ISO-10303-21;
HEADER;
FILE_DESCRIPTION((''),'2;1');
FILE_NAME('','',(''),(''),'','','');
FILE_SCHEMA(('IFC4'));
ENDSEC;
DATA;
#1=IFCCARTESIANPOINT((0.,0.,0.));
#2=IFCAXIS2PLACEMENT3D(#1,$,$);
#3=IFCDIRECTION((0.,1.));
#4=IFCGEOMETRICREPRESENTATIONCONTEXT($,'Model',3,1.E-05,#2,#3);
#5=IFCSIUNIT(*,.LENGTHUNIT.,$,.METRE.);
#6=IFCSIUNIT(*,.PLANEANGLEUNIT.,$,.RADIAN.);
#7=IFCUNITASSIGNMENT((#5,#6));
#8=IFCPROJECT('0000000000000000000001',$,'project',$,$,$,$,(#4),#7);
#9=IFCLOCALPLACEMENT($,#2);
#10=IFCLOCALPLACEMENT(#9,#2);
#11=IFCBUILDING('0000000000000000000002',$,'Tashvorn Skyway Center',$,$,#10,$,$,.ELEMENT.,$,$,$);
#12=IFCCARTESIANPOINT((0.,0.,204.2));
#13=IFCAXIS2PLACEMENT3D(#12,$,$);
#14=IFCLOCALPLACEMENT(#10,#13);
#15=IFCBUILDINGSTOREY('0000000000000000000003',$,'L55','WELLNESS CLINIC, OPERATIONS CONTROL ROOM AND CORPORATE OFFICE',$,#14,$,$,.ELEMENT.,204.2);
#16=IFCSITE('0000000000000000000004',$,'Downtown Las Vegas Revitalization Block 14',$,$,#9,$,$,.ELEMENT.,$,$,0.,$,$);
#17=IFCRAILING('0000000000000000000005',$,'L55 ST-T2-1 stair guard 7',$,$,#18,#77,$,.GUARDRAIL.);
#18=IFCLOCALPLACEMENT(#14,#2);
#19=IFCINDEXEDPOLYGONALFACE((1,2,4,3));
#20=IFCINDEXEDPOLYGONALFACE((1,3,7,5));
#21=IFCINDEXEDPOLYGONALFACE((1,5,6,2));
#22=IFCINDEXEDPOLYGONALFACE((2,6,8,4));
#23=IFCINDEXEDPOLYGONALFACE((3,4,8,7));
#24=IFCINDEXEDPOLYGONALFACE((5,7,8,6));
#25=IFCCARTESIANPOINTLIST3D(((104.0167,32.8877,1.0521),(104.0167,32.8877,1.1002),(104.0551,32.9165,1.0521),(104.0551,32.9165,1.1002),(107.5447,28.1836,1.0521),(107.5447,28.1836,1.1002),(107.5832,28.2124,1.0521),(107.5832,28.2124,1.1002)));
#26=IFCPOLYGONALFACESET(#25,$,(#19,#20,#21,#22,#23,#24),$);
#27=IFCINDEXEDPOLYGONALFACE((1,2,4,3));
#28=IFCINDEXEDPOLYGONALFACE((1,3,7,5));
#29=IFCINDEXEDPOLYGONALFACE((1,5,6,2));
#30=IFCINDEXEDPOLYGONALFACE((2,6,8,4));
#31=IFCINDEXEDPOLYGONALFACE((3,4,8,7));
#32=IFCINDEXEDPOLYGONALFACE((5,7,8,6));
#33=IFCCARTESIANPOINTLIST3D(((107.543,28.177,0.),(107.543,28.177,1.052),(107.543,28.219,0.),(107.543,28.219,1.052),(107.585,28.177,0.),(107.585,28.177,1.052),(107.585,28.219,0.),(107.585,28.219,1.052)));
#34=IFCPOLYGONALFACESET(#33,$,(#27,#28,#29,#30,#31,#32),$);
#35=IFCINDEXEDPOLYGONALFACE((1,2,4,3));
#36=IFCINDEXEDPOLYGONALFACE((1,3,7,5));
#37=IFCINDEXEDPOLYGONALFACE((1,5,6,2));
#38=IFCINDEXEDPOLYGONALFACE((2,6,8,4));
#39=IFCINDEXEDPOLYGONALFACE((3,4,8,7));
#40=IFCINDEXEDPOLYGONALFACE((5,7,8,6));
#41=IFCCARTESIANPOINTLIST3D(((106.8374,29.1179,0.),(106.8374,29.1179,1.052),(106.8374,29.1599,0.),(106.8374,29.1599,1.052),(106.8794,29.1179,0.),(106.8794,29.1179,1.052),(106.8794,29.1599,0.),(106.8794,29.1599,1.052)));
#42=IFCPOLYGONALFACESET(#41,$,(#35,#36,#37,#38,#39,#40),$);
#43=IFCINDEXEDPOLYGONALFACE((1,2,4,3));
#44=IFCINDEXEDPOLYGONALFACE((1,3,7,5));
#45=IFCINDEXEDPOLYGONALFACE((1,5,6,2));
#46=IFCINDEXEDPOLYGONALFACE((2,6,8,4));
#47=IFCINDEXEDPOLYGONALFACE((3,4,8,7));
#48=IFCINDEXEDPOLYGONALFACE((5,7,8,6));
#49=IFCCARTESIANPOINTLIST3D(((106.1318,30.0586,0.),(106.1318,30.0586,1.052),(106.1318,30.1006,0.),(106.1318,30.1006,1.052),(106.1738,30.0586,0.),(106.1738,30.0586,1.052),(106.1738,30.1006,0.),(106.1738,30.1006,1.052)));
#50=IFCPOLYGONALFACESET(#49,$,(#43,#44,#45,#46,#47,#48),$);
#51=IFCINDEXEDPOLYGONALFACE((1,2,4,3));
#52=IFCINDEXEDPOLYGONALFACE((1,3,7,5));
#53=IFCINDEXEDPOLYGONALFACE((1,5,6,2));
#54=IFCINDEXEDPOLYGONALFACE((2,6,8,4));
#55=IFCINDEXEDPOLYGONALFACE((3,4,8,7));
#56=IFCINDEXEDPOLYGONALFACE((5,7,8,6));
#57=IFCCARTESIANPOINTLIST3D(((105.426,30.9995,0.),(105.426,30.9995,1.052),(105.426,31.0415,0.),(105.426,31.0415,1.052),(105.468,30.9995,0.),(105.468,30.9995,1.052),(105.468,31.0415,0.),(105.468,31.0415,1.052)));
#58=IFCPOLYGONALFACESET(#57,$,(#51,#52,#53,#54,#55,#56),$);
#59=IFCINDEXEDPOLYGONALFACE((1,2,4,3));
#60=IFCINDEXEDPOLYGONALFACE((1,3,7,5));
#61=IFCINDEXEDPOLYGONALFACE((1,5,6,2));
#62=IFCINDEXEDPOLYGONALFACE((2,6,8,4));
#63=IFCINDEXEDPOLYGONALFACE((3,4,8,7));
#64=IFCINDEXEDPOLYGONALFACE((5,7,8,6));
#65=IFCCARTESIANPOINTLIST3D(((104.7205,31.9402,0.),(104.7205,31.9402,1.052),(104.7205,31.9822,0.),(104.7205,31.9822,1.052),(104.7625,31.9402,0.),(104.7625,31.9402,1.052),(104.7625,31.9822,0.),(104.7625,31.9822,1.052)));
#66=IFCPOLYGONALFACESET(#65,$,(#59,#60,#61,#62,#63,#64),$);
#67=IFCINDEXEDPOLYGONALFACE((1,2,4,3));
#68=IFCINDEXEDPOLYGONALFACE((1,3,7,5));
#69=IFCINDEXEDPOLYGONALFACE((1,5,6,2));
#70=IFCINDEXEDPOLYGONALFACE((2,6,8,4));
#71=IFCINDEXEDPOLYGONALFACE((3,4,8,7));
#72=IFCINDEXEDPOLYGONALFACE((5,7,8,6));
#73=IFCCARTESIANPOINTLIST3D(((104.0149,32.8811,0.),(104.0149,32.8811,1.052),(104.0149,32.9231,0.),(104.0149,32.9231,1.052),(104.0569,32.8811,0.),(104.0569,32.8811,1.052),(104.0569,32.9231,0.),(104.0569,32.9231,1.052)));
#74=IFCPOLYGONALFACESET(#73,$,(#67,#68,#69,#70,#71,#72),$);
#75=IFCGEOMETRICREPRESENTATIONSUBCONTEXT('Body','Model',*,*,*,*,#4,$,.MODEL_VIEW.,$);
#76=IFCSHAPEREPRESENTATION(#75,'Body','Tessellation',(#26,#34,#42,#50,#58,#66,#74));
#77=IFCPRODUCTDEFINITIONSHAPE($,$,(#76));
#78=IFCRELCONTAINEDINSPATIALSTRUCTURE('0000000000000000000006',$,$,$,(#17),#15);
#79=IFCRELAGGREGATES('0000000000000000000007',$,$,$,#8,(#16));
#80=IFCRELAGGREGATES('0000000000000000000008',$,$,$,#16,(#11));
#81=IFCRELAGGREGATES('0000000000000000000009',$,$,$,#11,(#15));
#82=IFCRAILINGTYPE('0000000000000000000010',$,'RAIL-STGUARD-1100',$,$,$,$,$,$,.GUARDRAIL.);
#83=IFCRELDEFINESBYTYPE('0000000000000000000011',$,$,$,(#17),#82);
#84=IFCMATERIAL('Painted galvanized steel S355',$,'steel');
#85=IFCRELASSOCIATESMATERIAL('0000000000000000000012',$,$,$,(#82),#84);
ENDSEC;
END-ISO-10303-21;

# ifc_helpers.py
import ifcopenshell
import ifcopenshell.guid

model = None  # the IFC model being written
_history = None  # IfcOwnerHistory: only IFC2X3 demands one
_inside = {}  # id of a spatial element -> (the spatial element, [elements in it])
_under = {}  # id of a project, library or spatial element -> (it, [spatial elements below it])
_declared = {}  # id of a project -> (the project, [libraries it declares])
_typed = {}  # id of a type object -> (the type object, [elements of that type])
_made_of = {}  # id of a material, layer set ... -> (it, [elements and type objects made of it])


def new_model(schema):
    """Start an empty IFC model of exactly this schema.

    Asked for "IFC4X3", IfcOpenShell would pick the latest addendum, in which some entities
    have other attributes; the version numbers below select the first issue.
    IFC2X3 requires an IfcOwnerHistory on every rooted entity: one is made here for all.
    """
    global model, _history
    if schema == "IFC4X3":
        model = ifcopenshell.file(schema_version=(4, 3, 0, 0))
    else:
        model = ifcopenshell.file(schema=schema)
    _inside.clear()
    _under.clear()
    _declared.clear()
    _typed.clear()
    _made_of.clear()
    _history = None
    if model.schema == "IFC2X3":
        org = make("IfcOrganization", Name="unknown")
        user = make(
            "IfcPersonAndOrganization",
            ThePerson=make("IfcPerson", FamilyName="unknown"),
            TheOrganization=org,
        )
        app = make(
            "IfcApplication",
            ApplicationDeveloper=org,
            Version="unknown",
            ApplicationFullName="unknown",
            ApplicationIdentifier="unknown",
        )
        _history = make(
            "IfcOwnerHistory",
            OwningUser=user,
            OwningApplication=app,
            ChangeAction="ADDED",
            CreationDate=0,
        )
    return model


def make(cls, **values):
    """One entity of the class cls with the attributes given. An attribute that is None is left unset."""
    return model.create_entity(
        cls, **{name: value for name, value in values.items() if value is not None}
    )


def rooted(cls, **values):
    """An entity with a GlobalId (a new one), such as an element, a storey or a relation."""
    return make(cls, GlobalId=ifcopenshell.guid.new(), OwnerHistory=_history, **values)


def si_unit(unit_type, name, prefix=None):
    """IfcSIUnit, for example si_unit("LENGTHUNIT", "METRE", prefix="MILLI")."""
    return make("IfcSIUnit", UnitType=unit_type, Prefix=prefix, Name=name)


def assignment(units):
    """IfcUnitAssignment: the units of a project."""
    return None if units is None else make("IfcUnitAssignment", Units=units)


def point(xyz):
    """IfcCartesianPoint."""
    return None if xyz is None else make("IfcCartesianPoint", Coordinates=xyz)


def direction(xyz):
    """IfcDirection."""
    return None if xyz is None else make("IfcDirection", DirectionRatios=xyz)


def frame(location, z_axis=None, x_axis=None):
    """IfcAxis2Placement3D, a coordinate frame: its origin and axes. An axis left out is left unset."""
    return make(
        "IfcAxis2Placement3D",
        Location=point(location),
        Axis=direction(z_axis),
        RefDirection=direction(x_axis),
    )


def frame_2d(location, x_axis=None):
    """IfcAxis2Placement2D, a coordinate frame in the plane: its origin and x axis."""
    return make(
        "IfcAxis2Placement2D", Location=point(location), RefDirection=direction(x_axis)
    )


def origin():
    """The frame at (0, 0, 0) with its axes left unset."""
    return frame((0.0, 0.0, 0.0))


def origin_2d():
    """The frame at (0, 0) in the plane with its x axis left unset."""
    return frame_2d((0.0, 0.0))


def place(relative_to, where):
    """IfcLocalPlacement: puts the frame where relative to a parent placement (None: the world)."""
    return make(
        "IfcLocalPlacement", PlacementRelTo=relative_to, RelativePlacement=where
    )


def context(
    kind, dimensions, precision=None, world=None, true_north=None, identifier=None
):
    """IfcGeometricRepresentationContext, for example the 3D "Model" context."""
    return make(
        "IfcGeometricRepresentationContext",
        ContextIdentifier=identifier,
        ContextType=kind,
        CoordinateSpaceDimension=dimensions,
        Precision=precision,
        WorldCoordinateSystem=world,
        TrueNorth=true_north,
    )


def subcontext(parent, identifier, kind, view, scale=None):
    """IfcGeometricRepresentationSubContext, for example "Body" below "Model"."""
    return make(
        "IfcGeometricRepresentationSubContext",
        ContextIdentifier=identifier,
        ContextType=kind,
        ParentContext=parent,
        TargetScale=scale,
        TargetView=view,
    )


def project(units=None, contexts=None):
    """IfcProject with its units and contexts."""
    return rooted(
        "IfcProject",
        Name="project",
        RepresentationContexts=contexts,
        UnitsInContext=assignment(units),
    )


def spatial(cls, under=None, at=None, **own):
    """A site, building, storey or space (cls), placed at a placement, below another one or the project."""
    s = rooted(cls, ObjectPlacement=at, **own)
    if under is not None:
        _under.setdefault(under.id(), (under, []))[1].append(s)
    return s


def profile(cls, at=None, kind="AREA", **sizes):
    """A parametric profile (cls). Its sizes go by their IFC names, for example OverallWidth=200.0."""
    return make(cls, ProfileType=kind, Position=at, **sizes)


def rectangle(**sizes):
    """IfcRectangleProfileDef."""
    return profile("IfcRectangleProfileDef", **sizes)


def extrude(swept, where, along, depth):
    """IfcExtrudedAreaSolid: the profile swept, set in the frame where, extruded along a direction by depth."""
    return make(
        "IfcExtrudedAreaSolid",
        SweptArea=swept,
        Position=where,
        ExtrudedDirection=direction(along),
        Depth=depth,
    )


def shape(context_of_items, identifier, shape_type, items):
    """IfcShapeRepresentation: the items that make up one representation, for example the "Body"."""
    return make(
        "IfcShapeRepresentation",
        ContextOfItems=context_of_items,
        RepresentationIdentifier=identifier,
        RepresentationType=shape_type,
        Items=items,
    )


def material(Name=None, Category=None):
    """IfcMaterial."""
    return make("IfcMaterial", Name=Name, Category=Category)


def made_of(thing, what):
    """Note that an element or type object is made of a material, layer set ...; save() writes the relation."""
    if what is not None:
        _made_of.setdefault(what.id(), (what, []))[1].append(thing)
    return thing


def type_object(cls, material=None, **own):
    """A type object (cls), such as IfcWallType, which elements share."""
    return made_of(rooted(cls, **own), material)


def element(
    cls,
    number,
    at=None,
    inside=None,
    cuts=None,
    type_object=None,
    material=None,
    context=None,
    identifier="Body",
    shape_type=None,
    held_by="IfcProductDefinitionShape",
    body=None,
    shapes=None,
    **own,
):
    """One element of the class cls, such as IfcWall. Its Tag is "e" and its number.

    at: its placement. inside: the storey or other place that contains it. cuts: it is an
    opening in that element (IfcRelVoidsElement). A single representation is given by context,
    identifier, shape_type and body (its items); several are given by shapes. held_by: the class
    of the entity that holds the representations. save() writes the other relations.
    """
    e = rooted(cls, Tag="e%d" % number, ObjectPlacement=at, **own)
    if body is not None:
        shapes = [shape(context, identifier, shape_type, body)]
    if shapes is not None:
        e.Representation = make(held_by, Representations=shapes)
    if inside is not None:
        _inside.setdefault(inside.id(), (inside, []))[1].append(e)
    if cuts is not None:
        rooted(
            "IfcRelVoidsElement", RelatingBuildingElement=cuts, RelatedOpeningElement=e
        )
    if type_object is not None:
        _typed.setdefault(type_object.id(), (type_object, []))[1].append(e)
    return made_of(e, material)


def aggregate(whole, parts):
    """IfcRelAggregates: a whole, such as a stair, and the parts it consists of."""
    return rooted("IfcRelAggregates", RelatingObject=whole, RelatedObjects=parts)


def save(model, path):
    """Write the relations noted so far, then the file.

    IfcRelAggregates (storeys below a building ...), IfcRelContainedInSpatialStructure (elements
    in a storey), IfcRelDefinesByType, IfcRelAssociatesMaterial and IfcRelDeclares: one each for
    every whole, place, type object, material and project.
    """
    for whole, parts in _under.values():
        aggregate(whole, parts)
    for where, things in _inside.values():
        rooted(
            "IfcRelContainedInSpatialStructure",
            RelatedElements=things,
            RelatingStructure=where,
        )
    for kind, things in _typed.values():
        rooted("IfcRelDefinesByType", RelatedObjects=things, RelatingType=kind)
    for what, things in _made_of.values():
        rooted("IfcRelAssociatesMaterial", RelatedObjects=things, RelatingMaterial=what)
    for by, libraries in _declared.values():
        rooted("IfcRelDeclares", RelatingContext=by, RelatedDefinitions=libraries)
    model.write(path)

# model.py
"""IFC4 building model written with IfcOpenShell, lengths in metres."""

from ifc_helpers import new_model, si_unit, direction, frame, origin, origin_2d, place, context, subcontext, project, spatial, rectangle, extrude, material, type_object, element, save


model = new_model("IFC4")

# Units and contexts
model_context = context("Model", 3, precision=1e-05, world=origin(), true_north=direction((0.0, 1.0)))
body_context = subcontext(model_context, "Body", "Model", "MODEL_VIEW")
ifc_project = project(units=[si_unit("LENGTHUNIT", "METRE"), si_unit("PLANEANGLEUNIT", "RADIAN")], contexts=[model_context])

# Site, building, storey
site_placement = place(None, origin())
site = spatial("IfcSite", under=ifc_project, at=site_placement, Name="Downtown Las Vegas Revitalization Block 14", CompositionType="ELEMENT", RefElevation=0.0)
building_placement = place(site_placement, origin())
building = spatial("IfcBuilding", under=site, at=building_placement, Name="Tashvorn Skyway Center", CompositionType="ELEMENT")
storey_placement = place(building_placement, frame((0.0, 0.0, 204.2)))
storey = spatial("IfcBuildingStorey", under=building, at=storey_placement, Name="L55", Description="WELLNESS CLINIC, OPERATIONS CONTROL ROOM AND CORPORATE OFFICE", CompositionType="ELEMENT", Elevation=204.2)

# Railing
ifc_material_1 = material(Name="Painted galvanized steel S355", Category="steel")
railing_type = type_object("IfcRailingType", Name="RAIL-STGUARD-1100", PredefinedType="GUARDRAIL", material=ifc_material_1)
railing_1_placement = place(storey_placement, frame((107.564, 28.198, 0.0)))
element("IfcRailing", 1, at=railing_1_placement, inside=storey, type_object=railing_type, Name="L55 ST-T2-1 stair guard 7", PredefinedType="GUARDRAIL", context=body_context, shape_type="SweptSolid", body=[
    extrude(rectangle(XDim=0.0481, YDim=0.0481, at=origin_2d()), frame((0.0, 0.0, 1.0762), z_axis=(-0.6, 0.8, 0.0), x_axis=(-0.8, -0.6, 0.0)), (0.0, 0.0, 1.0), 5.8801),
    extrude(rectangle(XDim=0.042, YDim=0.042, at=origin_2d()), origin(), (0.0, 0.0, 1.0), 1.052),
    extrude(rectangle(XDim=0.042, YDim=0.042, at=origin_2d()), frame((-0.7056, 0.9409, 0.0)), (0.0, 0.0, 1.0), 1.052),
    extrude(rectangle(XDim=0.042, YDim=0.042, at=origin_2d()), frame((-1.4111, 1.8816, 0.0)), (0.0, 0.0, 1.0), 1.052),
    extrude(rectangle(XDim=0.042, YDim=0.042, at=origin_2d()), frame((-2.1169, 2.8225, 0.0)), (0.0, 0.0, 1.0), 1.052),
    extrude(rectangle(XDim=0.042, YDim=0.042, at=origin_2d()), frame((-2.8225, 3.7632, 0.0)), (0.0, 0.0, 1.0), 1.052),
    extrude(rectangle(XDim=0.042, YDim=0.042, at=origin_2d()), frame((-3.5281, 4.7041, 0.0)), (0.0, 0.0, 1.0), 1.052),
])

save(model, "model.ifc")
